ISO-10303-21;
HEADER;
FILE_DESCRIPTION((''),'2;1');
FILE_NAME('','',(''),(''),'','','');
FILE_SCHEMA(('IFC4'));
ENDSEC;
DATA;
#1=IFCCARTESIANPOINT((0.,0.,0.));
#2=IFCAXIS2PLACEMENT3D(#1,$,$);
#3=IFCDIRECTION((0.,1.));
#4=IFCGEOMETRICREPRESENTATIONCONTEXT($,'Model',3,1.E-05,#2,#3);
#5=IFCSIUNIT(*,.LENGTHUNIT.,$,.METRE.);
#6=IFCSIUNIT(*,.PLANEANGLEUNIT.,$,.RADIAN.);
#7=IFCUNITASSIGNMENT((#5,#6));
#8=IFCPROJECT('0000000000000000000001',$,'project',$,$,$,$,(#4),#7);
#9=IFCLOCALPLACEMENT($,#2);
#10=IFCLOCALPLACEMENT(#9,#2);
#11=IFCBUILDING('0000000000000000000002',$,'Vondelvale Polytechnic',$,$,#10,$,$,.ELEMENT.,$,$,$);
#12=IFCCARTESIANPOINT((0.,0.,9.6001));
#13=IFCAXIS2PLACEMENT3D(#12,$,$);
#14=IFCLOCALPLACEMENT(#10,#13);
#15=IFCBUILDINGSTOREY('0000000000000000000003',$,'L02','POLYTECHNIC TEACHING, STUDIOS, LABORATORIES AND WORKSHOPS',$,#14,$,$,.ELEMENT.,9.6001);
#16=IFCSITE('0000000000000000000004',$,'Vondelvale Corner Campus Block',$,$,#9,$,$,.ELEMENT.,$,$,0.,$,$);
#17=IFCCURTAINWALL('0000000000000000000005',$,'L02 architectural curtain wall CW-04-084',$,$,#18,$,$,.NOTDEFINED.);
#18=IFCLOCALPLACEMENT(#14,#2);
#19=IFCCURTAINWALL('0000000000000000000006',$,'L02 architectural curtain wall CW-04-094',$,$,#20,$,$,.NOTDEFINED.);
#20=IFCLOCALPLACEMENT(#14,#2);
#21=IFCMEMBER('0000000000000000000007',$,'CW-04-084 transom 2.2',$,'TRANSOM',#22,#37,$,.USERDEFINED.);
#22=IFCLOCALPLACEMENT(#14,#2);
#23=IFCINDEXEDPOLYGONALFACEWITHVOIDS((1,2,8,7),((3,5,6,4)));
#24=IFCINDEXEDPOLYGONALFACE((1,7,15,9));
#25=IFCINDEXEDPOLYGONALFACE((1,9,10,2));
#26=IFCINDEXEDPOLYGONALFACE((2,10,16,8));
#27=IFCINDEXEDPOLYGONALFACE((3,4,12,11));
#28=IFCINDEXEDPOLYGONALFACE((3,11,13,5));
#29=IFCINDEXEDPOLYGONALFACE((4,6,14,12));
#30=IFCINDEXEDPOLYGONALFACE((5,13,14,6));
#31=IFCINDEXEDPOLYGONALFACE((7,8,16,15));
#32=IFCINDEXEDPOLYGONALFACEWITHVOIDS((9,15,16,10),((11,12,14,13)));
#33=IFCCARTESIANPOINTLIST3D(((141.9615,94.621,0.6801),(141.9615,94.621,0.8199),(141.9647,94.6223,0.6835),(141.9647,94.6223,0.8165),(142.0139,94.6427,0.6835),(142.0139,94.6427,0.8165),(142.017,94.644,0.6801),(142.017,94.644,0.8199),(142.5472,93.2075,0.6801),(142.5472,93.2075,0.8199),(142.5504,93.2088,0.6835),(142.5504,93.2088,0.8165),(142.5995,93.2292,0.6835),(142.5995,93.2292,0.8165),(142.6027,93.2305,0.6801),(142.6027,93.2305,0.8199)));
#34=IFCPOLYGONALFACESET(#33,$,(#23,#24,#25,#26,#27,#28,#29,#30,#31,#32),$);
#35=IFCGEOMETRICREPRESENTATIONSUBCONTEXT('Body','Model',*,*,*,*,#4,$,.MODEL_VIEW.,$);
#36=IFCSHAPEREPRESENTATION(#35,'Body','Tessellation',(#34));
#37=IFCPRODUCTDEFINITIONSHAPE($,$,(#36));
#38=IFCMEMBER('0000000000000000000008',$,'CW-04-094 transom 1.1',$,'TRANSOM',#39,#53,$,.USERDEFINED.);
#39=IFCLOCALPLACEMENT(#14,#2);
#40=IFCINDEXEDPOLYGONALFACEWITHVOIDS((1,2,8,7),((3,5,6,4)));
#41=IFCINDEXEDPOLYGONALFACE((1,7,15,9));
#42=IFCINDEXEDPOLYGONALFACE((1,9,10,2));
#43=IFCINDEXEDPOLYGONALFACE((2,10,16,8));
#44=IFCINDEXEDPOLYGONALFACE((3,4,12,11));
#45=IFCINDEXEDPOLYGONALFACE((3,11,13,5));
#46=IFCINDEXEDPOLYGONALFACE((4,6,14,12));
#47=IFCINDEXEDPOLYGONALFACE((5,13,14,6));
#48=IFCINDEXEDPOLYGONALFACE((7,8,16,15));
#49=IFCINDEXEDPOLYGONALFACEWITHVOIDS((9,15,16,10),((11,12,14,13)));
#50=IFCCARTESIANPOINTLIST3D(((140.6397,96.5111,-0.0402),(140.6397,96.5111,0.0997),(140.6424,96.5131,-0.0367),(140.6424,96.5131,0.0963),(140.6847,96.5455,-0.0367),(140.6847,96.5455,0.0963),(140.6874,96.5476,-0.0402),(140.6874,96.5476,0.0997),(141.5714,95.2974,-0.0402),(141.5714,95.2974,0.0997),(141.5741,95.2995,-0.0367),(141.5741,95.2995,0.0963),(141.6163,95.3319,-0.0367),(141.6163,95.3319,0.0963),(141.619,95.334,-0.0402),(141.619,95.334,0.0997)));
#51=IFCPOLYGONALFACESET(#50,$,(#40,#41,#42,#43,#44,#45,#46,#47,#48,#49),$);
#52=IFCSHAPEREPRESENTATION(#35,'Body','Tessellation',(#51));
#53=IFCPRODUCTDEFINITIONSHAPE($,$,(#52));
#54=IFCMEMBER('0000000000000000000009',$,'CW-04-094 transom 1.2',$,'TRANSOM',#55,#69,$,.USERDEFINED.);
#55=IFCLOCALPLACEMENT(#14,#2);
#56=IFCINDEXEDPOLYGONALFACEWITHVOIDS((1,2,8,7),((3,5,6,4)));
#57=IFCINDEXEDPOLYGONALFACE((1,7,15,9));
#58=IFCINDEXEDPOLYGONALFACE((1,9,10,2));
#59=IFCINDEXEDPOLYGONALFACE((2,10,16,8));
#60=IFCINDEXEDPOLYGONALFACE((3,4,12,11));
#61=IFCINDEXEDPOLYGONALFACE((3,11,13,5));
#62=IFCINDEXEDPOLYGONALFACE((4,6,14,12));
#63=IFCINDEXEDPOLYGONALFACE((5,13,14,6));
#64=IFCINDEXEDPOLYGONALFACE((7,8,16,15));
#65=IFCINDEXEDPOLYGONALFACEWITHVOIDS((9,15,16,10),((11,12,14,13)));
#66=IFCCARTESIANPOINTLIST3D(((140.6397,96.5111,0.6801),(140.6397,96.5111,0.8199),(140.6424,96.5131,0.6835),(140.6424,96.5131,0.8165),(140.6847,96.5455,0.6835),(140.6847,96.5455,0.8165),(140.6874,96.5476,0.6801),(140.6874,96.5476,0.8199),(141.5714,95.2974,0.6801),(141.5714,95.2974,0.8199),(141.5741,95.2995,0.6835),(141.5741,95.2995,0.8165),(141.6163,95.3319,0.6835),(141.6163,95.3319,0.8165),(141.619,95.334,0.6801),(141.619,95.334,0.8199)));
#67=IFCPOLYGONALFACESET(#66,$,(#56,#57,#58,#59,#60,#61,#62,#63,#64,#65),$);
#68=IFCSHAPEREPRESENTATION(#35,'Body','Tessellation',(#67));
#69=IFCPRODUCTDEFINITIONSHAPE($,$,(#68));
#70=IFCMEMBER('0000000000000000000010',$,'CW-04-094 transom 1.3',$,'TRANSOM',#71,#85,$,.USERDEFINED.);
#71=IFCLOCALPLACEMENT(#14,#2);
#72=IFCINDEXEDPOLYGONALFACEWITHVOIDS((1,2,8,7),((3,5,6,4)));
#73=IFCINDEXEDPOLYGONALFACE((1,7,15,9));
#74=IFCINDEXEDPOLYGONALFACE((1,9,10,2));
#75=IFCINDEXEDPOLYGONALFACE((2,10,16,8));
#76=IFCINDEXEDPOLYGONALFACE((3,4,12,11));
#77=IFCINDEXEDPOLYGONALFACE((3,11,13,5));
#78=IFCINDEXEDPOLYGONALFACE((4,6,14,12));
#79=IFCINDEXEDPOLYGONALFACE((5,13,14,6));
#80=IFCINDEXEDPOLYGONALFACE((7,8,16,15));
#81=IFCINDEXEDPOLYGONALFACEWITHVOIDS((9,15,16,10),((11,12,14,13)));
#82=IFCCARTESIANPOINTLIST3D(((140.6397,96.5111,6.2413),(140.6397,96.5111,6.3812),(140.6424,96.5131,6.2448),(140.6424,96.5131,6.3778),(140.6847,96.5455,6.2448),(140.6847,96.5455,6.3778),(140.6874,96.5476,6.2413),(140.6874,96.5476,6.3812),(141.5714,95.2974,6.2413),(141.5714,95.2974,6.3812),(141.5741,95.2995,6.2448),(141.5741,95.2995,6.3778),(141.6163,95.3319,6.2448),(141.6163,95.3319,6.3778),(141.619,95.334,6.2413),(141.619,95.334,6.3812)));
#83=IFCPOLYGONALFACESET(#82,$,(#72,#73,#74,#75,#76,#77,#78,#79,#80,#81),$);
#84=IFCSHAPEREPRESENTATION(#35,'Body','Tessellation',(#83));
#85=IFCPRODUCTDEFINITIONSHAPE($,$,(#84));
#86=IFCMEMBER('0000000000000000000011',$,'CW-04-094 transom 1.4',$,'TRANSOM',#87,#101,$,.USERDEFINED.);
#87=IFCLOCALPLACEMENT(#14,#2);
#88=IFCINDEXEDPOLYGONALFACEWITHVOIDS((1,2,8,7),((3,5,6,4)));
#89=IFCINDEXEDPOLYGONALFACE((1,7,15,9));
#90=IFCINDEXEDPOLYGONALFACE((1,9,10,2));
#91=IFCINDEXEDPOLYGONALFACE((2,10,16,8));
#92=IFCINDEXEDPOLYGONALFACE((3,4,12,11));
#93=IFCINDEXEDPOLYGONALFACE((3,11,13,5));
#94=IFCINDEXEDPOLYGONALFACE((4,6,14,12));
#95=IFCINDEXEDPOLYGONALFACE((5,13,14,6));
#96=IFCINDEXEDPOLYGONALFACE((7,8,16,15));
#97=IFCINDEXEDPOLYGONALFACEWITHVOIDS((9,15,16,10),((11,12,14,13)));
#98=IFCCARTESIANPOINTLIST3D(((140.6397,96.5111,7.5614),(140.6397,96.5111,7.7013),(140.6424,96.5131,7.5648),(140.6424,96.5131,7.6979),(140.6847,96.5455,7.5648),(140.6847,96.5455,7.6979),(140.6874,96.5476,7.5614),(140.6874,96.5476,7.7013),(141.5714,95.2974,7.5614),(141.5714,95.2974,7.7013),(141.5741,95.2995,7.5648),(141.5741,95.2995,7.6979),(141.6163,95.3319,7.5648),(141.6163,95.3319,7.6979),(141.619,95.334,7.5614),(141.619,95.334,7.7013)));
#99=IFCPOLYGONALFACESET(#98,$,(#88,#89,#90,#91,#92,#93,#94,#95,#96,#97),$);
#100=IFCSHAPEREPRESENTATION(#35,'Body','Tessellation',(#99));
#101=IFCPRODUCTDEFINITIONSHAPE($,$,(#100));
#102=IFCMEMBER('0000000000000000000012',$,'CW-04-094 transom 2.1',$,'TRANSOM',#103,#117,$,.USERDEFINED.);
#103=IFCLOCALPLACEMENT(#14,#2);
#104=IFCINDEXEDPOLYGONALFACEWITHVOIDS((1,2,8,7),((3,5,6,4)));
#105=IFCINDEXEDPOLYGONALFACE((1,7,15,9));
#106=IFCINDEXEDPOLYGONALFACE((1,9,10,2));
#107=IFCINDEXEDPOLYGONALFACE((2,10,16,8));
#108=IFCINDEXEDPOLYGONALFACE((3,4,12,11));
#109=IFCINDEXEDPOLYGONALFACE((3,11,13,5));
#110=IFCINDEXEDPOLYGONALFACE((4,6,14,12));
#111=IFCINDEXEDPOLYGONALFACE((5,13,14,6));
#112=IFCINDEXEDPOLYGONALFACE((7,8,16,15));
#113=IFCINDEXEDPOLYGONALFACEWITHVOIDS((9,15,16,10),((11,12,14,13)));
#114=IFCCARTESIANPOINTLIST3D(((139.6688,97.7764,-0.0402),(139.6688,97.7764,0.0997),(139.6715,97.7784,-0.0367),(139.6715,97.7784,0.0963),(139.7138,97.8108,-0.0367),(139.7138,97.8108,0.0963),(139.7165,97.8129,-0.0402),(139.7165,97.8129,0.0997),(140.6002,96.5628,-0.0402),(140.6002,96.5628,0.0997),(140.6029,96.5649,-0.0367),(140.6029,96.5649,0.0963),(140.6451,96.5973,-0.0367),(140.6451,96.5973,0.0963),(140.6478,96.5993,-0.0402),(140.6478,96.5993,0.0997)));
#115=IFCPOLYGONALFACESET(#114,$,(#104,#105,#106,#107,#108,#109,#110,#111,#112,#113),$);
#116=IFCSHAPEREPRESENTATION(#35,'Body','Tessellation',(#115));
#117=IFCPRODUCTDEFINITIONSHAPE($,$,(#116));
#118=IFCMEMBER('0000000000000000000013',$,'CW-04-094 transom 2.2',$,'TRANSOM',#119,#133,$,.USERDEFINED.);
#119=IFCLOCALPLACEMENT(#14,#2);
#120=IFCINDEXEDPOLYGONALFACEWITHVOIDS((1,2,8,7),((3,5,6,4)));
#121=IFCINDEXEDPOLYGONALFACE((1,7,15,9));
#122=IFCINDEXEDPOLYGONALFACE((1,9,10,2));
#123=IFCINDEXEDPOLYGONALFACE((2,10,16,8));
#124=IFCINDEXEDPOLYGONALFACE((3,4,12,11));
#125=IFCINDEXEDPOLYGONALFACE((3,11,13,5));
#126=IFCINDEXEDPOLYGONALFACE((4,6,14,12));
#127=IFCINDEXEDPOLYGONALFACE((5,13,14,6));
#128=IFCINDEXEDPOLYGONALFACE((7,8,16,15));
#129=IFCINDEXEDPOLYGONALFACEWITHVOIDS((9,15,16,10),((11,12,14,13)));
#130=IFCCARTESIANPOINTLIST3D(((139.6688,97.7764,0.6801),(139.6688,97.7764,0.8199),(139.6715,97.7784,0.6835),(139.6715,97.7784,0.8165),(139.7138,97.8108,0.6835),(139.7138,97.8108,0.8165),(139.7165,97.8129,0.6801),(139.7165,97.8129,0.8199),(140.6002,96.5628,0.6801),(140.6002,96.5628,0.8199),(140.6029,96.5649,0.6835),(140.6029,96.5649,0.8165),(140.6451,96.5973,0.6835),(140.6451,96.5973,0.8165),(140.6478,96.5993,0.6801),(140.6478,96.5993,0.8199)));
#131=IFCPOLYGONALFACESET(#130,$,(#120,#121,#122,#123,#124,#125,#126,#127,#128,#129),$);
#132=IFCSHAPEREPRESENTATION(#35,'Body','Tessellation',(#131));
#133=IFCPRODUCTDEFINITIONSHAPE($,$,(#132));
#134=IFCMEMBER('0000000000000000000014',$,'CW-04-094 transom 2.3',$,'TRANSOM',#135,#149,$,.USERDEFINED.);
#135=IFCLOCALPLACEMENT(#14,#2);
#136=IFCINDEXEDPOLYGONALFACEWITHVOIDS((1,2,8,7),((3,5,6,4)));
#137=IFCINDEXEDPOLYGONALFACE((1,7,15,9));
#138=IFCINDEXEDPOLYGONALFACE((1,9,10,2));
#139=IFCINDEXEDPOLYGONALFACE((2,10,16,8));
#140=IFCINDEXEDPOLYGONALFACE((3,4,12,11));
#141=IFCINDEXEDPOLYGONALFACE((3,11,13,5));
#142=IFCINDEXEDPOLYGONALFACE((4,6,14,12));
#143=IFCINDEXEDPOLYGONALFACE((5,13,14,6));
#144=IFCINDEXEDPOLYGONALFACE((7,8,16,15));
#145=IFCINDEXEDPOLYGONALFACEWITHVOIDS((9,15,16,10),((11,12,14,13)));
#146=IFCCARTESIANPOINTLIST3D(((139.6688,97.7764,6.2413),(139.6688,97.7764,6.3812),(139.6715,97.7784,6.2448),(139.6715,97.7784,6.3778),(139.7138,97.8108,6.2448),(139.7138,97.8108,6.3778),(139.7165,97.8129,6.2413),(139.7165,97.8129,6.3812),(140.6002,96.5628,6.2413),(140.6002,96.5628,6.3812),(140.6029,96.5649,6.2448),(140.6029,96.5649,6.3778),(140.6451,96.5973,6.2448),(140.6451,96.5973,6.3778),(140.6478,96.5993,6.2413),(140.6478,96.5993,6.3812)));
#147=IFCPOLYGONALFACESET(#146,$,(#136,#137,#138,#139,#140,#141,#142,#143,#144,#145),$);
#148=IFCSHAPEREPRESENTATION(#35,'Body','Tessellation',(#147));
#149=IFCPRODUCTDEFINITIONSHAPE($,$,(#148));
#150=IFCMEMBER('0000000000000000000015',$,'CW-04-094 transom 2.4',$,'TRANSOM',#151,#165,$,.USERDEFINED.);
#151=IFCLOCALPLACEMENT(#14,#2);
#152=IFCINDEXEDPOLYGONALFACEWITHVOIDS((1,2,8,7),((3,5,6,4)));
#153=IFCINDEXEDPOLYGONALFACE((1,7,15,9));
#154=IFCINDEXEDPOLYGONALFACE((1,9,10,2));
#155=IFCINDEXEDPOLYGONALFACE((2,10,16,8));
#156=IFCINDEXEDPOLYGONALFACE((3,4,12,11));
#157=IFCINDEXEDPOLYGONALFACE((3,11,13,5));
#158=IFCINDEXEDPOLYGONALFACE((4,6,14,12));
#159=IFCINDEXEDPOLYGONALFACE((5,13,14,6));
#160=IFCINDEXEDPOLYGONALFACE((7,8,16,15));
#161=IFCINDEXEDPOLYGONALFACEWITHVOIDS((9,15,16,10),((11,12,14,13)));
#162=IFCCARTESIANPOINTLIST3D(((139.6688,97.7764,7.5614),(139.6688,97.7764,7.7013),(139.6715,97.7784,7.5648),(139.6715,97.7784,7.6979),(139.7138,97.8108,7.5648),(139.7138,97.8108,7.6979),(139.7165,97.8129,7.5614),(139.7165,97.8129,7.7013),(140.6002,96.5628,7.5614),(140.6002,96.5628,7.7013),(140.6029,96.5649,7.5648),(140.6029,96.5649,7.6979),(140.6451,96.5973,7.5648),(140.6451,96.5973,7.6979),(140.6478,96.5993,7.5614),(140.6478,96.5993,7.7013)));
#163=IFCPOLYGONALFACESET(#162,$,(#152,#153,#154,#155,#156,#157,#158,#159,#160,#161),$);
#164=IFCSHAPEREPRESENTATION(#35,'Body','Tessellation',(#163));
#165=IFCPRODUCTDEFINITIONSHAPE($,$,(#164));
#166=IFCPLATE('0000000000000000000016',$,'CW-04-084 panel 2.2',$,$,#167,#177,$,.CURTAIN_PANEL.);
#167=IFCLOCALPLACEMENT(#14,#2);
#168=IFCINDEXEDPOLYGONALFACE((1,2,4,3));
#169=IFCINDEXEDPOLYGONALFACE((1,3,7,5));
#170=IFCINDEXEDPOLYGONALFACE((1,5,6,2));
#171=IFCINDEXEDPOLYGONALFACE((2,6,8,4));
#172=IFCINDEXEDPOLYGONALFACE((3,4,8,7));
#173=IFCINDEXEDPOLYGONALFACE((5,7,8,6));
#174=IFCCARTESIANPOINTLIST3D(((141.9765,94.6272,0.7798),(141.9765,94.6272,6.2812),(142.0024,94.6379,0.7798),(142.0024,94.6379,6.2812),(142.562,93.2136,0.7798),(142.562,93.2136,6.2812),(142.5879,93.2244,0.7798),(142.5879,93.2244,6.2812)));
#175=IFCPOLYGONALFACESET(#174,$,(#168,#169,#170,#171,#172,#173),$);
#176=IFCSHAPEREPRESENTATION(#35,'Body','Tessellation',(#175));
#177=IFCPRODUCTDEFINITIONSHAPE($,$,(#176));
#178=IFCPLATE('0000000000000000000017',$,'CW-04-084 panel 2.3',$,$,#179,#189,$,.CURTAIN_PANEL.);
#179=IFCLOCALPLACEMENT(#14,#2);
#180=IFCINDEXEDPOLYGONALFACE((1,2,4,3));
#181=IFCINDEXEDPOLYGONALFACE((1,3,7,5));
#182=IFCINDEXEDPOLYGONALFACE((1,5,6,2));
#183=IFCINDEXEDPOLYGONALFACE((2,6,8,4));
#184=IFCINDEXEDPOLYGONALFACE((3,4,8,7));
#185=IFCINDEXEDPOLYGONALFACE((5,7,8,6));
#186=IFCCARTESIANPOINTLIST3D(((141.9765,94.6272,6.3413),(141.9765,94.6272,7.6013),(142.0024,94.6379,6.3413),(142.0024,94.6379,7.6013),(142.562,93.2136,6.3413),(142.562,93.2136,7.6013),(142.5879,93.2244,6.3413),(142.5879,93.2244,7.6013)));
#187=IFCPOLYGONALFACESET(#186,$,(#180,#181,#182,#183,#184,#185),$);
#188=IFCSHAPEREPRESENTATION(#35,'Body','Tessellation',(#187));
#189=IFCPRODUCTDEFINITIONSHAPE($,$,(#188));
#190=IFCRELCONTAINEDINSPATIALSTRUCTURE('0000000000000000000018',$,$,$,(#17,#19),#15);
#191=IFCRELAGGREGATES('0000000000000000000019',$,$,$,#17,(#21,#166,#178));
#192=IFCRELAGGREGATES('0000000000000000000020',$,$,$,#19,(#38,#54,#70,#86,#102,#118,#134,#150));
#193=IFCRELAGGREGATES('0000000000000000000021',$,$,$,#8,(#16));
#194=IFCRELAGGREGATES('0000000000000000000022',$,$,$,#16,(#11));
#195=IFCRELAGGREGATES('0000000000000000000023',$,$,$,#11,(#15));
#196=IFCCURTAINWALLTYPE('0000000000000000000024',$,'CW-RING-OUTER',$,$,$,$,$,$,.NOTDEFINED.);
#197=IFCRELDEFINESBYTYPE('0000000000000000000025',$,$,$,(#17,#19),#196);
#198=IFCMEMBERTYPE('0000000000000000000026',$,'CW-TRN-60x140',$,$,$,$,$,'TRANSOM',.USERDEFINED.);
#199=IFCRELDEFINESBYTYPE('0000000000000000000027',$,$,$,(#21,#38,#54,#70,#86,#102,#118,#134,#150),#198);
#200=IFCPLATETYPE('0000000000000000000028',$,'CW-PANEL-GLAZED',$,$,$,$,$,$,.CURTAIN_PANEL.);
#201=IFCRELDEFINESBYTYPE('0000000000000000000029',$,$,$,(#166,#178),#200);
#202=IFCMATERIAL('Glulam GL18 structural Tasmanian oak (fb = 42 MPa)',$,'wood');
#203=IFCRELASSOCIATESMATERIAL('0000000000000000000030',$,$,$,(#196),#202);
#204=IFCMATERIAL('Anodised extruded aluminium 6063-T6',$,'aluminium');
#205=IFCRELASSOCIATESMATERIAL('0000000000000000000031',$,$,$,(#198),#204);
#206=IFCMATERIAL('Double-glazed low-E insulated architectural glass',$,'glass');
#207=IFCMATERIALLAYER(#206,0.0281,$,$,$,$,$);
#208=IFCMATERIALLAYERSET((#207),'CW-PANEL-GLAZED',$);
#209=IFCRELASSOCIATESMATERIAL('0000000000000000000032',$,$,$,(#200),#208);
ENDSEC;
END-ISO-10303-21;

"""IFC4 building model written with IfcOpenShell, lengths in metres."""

from ifc_helpers import new_model, si_unit, direction, frame, origin, origin_2d, place, context, subcontext, project, spatial, rectangle, hollow_rectangle, extrude, material, layer, layer_set, material_profile, profile_set, type_object, element, aggregate, save


model = new_model("IFC4")

# Units and contexts
model_context = context("Model", 3, precision=1e-05, world=origin(), true_north=direction((0.0, 1.0)))
body_context = subcontext(model_context, "Body", "Model", "MODEL_VIEW")
ifc_project = project(units=[si_unit("LENGTHUNIT", "METRE"), si_unit("PLANEANGLEUNIT", "RADIAN")], contexts=[model_context])

# Site, building, storey
site_placement = place(None, origin())
site = spatial("IfcSite", under=ifc_project, at=site_placement, Name="Vondelvale Corner Campus Block", CompositionType="ELEMENT", RefElevation=0.0)
building_placement = place(site_placement, origin())
building = spatial("IfcBuilding", under=site, at=building_placement, Name="Vondelvale Polytechnic", CompositionType="ELEMENT")
storey_placement = place(building_placement, frame((0.0, 0.0, 9.6001)))
storey = spatial("IfcBuildingStorey", under=building, at=storey_placement, Name="L02", Description="POLYTECHNIC TEACHING, STUDIOS, LABORATORIES AND WORKSHOPS", CompositionType="ELEMENT", Elevation=9.6001)

# Curtain wall
ifc_material_1 = material(Name="Glulam GL18 structural Tasmanian oak (fb = 42 MPa)", Category="wood")
curtain_wall_type = type_object("IfcCurtainWallType", Name="CW-RING-OUTER", PredefinedType="NOTDEFINED", material=ifc_material_1)
curtain_wall_1_placement = place(storey_placement, origin())
curtain_wall_1 = element("IfcCurtainWall", 1, at=curtain_wall_1_placement, inside=storey, type_object=curtain_wall_type, Name="L02 architectural curtain wall CW-04-084", PredefinedType="NOTDEFINED")
ifc_material_2 = material(Name="Anodised extruded aluminium 6063-T6", Category="aluminium")

# Curtain wall
curtain_wall_2_placement = place(storey_placement, origin())
curtain_wall_2 = element("IfcCurtainWall", 2, at=curtain_wall_2_placement, inside=storey, type_object=curtain_wall_type, Name="L02 architectural curtain wall CW-04-094", PredefinedType="NOTDEFINED")

# Members
ifc_material_profile_1 = material_profile(ifc_material_2, hollow_rectangle(XDim=0.0601, YDim=0.1399, WallThickness=0.0034, at=origin_2d()), Name="CW-TRN-140x60")
ifc_profile_set_1 = profile_set([ifc_material_profile_1], Name="Anodised extruded aluminium 6063-T6")
member_type_1 = type_object("IfcMemberType", Name="CW-TRN-60x140", ElementType="TRANSOM", PredefinedType="USERDEFINED", material=ifc_profile_set_1)
member_1_placement = place(storey_placement, frame((142.575, 93.219, 0.75), z_axis=(-0.382779, 0.92384, 0.0), x_axis=(-0.92384, -0.382779, 0.0)))
member_1 = element("IfcMember", 3, at=member_1_placement, type_object=member_type_1, Name="CW-04-084 transom 2.2", ObjectType="TRANSOM", PredefinedType="USERDEFINED", context=body_context, shape_type="SweptSolid", body=[
    extrude(hollow_rectangle(XDim=0.0601, YDim=0.1399, WallThickness=0.0034, at=origin_2d()), origin(), (0.0, 0.0, 1.0), 1.53),
])
member_2_placement = place(storey_placement, frame((141.5952, 95.3157, 0.0298), z_axis=(-0.608924, 0.793229, 0.0), x_axis=(-0.793229, -0.608924, 0.0)))
member_2 = element("IfcMember", 4, at=member_2_placement, type_object=member_type_1, Name="CW-04-094 transom 1.1", ObjectType="TRANSOM", PredefinedType="USERDEFINED", context=body_context, shape_type="SweptSolid", body=[
    extrude(hollow_rectangle(XDim=0.0601, YDim=0.1399, WallThickness=0.0034, at=origin_2d()), origin(), (0.0, 0.0, 1.0), 1.53),
])
member_3_placement = place(storey_placement, frame((141.5952, 95.3157, 0.75), z_axis=(-0.608924, 0.793229, 0.0), x_axis=(-0.793229, -0.608924, 0.0)))
member_3 = element("IfcMember", 5, at=member_3_placement, type_object=member_type_1, Name="CW-04-094 transom 1.2", ObjectType="TRANSOM", PredefinedType="USERDEFINED", context=body_context, shape_type="SweptSolid", body=[
    extrude(hollow_rectangle(XDim=0.0601, YDim=0.1399, WallThickness=0.0034, at=origin_2d()), origin(), (0.0, 0.0, 1.0), 1.53),
])
member_4_placement = place(storey_placement, frame((141.5952, 95.3157, 6.3113), z_axis=(-0.608924, 0.793229, 0.0), x_axis=(-0.793229, -0.608924, 0.0)))
member_4 = element("IfcMember", 6, at=member_4_placement, type_object=member_type_1, Name="CW-04-094 transom 1.3", ObjectType="TRANSOM", PredefinedType="USERDEFINED", context=body_context, shape_type="SweptSolid", body=[
    extrude(hollow_rectangle(XDim=0.0601, YDim=0.1399, WallThickness=0.0034, at=origin_2d()), origin(), (0.0, 0.0, 1.0), 1.53),
])
member_5_placement = place(storey_placement, frame((141.5952, 95.3157, 7.6313), z_axis=(-0.608924, 0.793229, 0.0), x_axis=(-0.793229, -0.608924, 0.0)))
member_5 = element("IfcMember", 7, at=member_5_placement, type_object=member_type_1, Name="CW-04-094 transom 1.4", ObjectType="TRANSOM", PredefinedType="USERDEFINED", context=body_context, shape_type="SweptSolid", body=[
    extrude(hollow_rectangle(XDim=0.0601, YDim=0.1399, WallThickness=0.0034, at=origin_2d()), origin(), (0.0, 0.0, 1.0), 1.53),
])
member_6_placement = place(storey_placement, frame((140.624, 96.5811, 0.0298), z_axis=(-0.608823, 0.793306, 0.0), x_axis=(-0.793306, -0.608823, 0.0)))
member_6 = element("IfcMember", 8, at=member_6_placement, type_object=member_type_1, Name="CW-04-094 transom 2.1", ObjectType="TRANSOM", PredefinedType="USERDEFINED", context=body_context, shape_type="SweptSolid", body=[
    extrude(hollow_rectangle(XDim=0.0601, YDim=0.1399, WallThickness=0.0034, at=origin_2d()), origin(), (0.0, 0.0, 1.0), 1.5298),
])
member_7_placement = place(storey_placement, frame((140.624, 96.5811, 0.75), z_axis=(-0.608823, 0.793306, 0.0), x_axis=(-0.793306, -0.608823, 0.0)))
member_7 = element("IfcMember", 9, at=member_7_placement, type_object=member_type_1, Name="CW-04-094 transom 2.2", ObjectType="TRANSOM", PredefinedType="USERDEFINED", context=body_context, shape_type="SweptSolid", body=[
    extrude(hollow_rectangle(XDim=0.0601, YDim=0.1399, WallThickness=0.0034, at=origin_2d()), origin(), (0.0, 0.0, 1.0), 1.5298),
])
member_8_placement = place(storey_placement, frame((140.624, 96.5811, 6.3113), z_axis=(-0.608823, 0.793306, 0.0), x_axis=(-0.793306, -0.608823, 0.0)))
member_8 = element("IfcMember", 10, at=member_8_placement, type_object=member_type_1, Name="CW-04-094 transom 2.3", ObjectType="TRANSOM", PredefinedType="USERDEFINED", context=body_context, shape_type="SweptSolid", body=[
    extrude(hollow_rectangle(XDim=0.0601, YDim=0.1399, WallThickness=0.0034, at=origin_2d()), origin(), (0.0, 0.0, 1.0), 1.5298),
])
member_9_placement = place(storey_placement, frame((140.624, 96.5811, 7.6313), z_axis=(-0.608823, 0.793306, 0.0), x_axis=(-0.793306, -0.608823, 0.0)))
member_9 = element("IfcMember", 11, at=member_9_placement, type_object=member_type_1, Name="CW-04-094 transom 2.4", ObjectType="TRANSOM", PredefinedType="USERDEFINED", context=body_context, shape_type="SweptSolid", body=[
    extrude(hollow_rectangle(XDim=0.0601, YDim=0.1399, WallThickness=0.0034, at=origin_2d()), origin(), (0.0, 0.0, 1.0), 1.5298),
])

# Plates
ifc_material_3 = material(Name="Double-glazed low-E insulated architectural glass", Category="glass")
ifc_layer_1 = layer(ifc_material_3, 0.0281)
ifc_layer_set_1 = layer_set([ifc_layer_1], Name="CW-PANEL-GLAZED")
plate_type_1 = type_object("IfcPlateType", Name="CW-PANEL-GLAZED", PredefinedType="CURTAIN_PANEL", material=ifc_layer_set_1)
plate_1_placement = place(storey_placement, frame((142.2822, 93.9258, 0.7798), z_axis=(0.0, 0.0, 1.0), x_axis=(-0.382677, 0.923882, 0.0)))
plate_1 = element("IfcPlate", 12, at=plate_1_placement, type_object=plate_type_1, Name="CW-04-084 panel 2.2", PredefinedType="CURTAIN_PANEL", context=body_context, shape_type="SweptSolid", body=[
    extrude(rectangle(XDim=1.53, YDim=0.0281, at=origin_2d()), origin(), (0.0, 0.0, 1.0), 5.5015),
])
plate_2_placement = place(storey_placement, frame((142.2822, 93.9258, 6.3413), z_axis=(0.0, 0.0, 1.0), x_axis=(-0.382677, 0.923882, 0.0)))
plate_2 = element("IfcPlate", 13, at=plate_2_placement, type_object=plate_type_1, Name="CW-04-084 panel 2.3", PredefinedType="CURTAIN_PANEL", context=body_context, shape_type="SweptSolid", body=[
    extrude(rectangle(XDim=1.53, YDim=0.0281, at=origin_2d()), origin(), (0.0, 0.0, 1.0), 1.26),
])
aggregate(curtain_wall_1, [member_1, plate_1, plate_2])
aggregate(curtain_wall_2, [member_2, member_3, member_4, member_5, member_6, member_7, member_8, member_9])

save(model, "model.ifc")
